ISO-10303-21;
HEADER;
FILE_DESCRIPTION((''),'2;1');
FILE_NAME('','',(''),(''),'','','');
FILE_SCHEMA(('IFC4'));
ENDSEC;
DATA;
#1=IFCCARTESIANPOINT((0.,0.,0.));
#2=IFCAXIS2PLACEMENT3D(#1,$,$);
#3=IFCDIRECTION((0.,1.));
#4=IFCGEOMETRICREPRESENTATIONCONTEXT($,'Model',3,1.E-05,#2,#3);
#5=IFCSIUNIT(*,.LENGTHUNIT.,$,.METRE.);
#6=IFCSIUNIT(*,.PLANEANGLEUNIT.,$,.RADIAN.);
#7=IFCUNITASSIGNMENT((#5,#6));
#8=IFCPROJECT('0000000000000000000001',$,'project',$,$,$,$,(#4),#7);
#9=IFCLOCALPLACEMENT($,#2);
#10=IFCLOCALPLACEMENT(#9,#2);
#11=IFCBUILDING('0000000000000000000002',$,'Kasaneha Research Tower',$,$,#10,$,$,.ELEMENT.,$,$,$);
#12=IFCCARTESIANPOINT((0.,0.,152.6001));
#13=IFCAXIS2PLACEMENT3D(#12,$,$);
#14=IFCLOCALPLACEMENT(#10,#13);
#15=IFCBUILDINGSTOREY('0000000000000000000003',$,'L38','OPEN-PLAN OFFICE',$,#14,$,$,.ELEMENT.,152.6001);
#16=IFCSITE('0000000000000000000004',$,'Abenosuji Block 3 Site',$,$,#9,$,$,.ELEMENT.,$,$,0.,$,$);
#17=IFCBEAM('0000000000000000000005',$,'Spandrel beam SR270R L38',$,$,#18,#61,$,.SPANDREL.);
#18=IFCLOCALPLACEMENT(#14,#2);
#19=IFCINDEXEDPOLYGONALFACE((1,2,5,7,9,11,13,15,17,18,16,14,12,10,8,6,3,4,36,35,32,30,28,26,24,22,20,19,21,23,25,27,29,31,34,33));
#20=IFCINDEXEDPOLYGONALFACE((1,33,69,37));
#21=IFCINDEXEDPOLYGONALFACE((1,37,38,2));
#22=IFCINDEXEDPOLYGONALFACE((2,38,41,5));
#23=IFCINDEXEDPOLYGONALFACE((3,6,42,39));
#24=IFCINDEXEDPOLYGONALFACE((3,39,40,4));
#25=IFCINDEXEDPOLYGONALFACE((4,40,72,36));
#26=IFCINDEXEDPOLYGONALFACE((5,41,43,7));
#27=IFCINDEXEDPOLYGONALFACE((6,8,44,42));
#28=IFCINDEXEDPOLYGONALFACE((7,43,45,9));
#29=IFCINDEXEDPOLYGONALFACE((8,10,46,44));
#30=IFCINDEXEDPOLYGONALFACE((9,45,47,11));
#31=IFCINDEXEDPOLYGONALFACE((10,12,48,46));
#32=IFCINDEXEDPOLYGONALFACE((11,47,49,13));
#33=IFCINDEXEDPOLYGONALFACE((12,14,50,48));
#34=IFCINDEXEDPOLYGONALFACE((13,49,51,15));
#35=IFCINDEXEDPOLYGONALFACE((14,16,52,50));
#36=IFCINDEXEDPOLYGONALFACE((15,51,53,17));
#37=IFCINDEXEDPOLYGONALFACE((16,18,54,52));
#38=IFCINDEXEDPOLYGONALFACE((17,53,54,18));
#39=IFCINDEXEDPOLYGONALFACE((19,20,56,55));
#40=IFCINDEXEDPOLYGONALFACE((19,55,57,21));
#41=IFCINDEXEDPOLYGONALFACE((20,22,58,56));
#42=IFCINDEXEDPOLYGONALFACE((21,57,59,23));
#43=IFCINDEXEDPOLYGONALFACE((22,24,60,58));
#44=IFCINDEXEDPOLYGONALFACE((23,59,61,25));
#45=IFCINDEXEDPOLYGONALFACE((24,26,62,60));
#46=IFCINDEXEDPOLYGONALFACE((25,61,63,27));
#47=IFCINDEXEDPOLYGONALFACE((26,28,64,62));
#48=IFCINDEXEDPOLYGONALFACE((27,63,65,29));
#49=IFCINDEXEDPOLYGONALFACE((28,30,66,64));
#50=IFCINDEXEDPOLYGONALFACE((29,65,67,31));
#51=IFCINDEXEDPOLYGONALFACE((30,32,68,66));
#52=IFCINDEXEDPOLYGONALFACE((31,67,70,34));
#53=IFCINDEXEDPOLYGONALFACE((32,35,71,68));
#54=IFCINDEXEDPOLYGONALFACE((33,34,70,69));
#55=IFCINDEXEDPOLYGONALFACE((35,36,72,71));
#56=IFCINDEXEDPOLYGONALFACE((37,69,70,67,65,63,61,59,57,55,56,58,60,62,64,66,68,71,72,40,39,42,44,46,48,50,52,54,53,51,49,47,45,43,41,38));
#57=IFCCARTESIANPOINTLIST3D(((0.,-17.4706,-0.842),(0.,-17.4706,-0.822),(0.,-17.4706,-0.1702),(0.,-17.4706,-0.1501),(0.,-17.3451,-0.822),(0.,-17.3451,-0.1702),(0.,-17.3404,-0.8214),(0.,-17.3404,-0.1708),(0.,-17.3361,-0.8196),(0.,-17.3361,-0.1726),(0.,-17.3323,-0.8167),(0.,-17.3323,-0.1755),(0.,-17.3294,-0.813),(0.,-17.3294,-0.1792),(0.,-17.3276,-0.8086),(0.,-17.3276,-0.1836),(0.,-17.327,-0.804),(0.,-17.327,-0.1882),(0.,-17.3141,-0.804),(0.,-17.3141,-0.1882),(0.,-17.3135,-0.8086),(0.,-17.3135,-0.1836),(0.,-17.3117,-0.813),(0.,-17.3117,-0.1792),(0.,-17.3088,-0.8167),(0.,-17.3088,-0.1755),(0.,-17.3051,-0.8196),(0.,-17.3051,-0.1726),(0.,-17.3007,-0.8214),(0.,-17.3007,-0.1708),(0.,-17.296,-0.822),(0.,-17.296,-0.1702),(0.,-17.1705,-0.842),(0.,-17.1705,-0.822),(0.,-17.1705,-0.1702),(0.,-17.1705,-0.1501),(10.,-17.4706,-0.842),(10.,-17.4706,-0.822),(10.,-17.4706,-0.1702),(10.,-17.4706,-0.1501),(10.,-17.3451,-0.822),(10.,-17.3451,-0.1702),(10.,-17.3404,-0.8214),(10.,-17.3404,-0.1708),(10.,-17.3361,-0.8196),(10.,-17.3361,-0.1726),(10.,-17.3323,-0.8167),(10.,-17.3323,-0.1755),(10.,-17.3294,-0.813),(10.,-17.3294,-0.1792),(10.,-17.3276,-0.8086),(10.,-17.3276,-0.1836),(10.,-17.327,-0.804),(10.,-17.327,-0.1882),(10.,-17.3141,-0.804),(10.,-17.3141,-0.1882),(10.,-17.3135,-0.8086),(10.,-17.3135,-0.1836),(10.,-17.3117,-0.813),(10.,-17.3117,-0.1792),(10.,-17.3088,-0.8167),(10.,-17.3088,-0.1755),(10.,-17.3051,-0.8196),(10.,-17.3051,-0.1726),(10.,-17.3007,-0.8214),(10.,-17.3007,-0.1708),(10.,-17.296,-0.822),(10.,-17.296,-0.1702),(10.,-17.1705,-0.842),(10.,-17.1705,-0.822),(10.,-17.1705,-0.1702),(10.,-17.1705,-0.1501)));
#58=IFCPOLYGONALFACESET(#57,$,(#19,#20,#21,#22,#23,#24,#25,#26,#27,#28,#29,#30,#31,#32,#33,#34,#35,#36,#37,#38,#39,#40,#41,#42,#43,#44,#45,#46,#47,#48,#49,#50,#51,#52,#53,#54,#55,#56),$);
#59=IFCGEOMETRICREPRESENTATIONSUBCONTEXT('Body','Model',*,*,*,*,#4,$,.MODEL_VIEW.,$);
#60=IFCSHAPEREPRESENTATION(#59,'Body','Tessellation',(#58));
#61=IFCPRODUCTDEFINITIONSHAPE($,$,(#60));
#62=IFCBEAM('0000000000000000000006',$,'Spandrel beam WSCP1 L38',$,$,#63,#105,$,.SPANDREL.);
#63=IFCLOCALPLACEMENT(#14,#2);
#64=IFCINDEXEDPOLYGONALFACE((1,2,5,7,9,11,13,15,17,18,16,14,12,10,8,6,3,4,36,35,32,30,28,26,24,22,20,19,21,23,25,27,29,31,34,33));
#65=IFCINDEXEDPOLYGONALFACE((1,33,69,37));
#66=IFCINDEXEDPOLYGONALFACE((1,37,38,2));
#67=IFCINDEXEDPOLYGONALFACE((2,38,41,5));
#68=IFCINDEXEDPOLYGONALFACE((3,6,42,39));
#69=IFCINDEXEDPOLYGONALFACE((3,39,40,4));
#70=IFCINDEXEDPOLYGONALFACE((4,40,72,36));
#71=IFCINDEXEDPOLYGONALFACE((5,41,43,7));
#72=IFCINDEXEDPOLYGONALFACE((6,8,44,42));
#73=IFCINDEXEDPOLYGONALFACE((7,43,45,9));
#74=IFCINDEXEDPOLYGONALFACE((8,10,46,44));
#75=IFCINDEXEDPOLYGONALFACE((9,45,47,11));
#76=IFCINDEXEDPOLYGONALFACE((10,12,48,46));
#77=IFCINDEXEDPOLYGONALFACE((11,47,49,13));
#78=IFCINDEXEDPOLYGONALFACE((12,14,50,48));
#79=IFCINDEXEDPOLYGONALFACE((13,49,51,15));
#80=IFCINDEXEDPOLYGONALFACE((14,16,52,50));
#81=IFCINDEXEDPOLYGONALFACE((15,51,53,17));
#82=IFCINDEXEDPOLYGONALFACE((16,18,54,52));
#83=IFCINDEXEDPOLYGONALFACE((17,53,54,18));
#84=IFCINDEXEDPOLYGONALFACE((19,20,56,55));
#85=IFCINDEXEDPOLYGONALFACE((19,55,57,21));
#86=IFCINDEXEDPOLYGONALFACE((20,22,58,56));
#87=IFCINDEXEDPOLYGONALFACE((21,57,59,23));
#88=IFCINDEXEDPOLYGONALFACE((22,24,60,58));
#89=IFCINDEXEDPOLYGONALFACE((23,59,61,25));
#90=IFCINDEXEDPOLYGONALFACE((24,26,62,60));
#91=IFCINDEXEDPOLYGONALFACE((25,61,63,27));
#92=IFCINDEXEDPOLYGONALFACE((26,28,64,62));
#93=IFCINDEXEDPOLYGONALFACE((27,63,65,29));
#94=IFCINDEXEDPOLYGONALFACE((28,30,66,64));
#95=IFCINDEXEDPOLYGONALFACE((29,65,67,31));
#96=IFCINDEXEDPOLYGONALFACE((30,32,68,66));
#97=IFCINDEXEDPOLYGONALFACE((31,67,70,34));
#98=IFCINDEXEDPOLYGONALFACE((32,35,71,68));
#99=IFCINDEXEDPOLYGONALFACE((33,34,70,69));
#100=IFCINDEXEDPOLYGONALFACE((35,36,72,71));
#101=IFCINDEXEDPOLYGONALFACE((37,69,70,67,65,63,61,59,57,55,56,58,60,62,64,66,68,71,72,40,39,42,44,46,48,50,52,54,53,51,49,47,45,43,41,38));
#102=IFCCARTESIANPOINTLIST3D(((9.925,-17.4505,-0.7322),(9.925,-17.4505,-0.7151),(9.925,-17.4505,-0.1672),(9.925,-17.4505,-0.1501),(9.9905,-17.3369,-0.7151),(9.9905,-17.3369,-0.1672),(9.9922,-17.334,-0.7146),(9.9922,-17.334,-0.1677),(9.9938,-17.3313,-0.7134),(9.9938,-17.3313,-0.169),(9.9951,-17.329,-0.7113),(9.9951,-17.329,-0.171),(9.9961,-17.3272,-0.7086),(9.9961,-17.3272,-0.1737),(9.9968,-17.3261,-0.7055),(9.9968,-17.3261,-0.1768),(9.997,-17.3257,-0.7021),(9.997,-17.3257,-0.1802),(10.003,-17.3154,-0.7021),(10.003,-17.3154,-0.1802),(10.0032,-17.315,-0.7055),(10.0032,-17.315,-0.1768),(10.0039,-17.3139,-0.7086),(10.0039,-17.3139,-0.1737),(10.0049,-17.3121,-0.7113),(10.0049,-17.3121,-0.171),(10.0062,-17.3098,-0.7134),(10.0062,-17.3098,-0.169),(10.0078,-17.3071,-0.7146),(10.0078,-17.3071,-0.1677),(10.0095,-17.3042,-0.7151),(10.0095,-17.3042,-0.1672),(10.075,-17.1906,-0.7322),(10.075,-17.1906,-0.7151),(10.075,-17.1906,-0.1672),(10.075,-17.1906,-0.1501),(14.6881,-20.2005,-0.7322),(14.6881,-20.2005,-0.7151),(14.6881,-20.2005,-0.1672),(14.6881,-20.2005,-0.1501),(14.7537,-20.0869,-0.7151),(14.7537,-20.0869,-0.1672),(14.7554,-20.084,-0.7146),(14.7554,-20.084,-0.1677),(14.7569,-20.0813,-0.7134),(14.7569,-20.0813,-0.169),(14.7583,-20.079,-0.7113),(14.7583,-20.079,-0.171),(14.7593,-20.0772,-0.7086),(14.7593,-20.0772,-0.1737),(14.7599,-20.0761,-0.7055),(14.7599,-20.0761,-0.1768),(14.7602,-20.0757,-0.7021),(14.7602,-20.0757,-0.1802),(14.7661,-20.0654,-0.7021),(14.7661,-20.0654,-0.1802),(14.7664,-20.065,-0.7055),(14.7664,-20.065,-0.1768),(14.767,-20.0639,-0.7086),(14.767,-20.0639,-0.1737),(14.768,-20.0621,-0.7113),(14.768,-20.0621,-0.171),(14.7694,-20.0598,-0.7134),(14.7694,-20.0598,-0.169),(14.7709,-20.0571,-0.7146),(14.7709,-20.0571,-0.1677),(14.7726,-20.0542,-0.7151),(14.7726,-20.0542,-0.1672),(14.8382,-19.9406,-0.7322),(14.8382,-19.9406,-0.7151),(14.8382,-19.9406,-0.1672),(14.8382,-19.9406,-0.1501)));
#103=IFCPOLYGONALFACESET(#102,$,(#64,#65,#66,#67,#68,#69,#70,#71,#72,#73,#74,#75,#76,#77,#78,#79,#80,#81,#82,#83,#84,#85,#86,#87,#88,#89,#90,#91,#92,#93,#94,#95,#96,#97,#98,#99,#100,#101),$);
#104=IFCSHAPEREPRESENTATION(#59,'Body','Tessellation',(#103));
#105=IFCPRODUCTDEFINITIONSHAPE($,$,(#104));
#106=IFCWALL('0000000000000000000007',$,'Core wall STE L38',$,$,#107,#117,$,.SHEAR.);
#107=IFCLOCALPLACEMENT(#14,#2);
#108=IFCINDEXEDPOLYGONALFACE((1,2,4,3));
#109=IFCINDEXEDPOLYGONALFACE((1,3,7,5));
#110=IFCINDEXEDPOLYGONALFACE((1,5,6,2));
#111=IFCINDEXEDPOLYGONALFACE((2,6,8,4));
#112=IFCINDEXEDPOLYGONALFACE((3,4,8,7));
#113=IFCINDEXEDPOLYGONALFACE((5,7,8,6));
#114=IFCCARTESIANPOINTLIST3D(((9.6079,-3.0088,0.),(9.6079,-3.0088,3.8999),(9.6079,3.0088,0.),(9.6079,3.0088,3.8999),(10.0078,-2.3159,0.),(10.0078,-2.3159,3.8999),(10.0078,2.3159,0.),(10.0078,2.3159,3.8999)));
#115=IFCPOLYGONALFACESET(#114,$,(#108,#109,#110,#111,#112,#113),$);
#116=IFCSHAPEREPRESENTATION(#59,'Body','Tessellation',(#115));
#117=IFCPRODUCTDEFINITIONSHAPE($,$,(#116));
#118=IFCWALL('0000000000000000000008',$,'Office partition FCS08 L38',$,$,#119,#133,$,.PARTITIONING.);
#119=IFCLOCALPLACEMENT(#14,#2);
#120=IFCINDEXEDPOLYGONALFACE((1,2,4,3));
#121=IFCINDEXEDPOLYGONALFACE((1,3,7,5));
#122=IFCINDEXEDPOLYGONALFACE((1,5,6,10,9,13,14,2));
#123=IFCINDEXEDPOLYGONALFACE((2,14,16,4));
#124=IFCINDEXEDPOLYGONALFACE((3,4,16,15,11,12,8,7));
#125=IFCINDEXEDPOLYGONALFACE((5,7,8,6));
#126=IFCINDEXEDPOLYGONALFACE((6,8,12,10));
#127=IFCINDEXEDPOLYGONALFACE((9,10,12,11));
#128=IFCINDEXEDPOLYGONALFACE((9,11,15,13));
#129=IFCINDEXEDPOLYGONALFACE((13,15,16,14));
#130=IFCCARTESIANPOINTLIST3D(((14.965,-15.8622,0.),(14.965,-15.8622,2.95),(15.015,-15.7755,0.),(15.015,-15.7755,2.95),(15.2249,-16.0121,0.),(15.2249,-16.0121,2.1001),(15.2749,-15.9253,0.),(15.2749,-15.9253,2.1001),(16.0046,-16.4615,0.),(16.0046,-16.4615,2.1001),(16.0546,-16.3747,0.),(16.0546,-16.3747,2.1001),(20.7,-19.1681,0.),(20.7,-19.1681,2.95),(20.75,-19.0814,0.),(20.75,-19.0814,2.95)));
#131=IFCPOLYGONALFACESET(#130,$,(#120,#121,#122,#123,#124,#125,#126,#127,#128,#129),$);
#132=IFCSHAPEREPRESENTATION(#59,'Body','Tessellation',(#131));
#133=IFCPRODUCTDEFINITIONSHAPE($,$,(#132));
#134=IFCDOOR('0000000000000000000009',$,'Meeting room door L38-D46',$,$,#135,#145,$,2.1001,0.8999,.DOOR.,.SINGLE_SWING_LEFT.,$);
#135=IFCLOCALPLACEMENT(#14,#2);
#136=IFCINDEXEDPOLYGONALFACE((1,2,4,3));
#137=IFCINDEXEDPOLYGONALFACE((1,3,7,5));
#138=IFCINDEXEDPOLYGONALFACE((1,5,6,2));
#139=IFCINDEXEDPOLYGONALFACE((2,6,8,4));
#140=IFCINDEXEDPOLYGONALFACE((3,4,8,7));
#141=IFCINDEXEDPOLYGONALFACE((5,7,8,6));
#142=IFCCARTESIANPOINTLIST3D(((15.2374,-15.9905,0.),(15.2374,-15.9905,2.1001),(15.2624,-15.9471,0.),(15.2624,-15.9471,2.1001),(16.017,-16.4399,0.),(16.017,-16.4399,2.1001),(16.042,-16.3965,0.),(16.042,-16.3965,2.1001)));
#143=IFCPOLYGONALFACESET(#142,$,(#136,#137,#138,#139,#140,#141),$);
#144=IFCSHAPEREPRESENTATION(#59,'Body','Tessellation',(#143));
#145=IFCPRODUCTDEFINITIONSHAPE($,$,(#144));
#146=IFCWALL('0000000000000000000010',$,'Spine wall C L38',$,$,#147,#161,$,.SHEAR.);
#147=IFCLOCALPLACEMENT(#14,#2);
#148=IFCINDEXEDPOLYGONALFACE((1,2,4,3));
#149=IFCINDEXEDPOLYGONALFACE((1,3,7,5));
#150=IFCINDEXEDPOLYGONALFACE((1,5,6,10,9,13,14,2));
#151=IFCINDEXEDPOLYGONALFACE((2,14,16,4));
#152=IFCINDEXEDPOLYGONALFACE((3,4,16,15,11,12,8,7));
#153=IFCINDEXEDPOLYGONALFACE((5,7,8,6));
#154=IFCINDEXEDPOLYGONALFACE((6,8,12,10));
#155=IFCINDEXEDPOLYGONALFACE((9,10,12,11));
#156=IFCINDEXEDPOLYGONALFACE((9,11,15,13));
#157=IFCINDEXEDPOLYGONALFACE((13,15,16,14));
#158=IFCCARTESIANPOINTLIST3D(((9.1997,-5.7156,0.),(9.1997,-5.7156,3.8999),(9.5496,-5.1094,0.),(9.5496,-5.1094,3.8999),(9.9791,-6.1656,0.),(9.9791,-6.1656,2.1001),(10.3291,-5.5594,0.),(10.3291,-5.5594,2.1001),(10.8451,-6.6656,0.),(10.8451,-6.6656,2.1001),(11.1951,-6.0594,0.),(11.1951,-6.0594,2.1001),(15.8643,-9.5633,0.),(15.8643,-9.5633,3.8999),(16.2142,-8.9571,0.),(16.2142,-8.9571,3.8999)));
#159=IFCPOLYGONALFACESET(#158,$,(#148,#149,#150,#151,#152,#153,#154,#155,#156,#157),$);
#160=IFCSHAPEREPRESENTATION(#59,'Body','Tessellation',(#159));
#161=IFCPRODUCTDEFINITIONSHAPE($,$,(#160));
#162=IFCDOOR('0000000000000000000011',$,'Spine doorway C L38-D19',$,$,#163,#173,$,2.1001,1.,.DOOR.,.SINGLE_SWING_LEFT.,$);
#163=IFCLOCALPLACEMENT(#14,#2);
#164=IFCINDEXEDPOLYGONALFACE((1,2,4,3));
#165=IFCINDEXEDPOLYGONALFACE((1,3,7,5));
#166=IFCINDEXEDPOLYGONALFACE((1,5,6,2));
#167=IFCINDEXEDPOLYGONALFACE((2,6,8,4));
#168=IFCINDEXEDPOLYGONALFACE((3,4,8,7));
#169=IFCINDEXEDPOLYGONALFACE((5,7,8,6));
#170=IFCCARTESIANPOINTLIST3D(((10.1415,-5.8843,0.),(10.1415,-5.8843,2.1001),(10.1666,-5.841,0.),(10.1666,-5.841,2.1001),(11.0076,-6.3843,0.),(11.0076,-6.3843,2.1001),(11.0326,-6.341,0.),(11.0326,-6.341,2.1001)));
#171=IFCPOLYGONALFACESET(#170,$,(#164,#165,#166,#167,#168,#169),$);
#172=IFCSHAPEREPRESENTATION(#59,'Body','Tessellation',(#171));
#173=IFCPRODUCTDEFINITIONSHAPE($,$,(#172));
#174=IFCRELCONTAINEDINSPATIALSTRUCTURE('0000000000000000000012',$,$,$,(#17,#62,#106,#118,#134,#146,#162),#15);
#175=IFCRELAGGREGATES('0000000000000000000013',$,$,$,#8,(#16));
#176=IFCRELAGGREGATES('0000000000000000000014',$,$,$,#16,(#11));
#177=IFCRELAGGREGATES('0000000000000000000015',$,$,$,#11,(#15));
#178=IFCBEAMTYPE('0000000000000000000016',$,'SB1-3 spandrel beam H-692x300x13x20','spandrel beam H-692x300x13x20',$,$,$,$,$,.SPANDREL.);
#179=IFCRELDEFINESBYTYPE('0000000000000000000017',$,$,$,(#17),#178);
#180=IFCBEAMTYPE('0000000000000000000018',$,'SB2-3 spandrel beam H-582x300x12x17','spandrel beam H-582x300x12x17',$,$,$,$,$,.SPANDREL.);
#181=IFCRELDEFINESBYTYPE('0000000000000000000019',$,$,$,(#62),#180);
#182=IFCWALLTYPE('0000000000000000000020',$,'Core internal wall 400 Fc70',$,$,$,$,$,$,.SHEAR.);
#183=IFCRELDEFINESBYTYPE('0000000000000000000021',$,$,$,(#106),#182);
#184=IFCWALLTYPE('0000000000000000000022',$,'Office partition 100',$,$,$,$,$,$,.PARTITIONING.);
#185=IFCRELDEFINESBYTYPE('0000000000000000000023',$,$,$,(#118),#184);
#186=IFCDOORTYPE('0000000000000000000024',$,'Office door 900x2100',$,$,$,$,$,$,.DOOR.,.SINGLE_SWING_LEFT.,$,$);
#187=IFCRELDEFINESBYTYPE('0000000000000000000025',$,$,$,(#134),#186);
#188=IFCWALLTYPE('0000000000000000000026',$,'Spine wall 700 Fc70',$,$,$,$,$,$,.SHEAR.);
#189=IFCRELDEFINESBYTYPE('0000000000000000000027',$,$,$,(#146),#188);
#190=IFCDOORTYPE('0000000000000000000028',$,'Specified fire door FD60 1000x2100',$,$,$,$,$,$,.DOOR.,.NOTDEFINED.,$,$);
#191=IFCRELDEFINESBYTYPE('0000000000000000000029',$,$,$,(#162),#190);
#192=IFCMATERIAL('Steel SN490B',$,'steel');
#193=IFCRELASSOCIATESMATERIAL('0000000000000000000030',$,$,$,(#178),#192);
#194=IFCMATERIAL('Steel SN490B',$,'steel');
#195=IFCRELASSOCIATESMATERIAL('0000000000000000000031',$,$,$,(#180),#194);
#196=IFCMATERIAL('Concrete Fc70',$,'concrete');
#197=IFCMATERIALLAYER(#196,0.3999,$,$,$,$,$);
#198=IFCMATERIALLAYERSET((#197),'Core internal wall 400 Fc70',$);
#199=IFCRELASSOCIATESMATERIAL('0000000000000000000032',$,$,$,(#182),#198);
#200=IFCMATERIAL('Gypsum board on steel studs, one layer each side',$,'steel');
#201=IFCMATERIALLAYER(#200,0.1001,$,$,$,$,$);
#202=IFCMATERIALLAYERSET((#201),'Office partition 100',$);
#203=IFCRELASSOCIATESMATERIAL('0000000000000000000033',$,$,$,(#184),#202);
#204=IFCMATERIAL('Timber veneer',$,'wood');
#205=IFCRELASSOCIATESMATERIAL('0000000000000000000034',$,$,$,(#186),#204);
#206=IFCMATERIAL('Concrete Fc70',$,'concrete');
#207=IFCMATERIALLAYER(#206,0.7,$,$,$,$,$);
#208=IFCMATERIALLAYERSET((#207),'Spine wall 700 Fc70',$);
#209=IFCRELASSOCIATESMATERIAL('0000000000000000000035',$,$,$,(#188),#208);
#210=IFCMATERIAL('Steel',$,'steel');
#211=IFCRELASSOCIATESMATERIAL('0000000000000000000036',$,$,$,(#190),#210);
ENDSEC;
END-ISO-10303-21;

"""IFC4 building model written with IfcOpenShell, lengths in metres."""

from ifc_helpers import new_model, si_unit, direction, frame, frame_2d, origin, origin_2d, place, context, subcontext, project, spatial, polyline, rectangle, i_section, outline, extrude, material, layer, layer_set, material_profile, profile_set, type_object, element, fill, save


model = new_model("IFC4")

# Units and contexts
model_context = context("Model", 3, precision=1e-05, world=origin(), true_north=direction((0.0, 1.0)))
body_context = subcontext(model_context, "Body", "Model", "MODEL_VIEW")
ifc_project = project(units=[si_unit("LENGTHUNIT", "METRE"), si_unit("PLANEANGLEUNIT", "RADIAN")], contexts=[model_context])

# Site, building, storey
site_placement = place(None, origin())
site = spatial("IfcSite", under=ifc_project, at=site_placement, Name="Abenosuji Block 3 Site", CompositionType="ELEMENT", RefElevation=0.0)
building_placement = place(site_placement, origin())
building = spatial("IfcBuilding", under=site, at=building_placement, Name="Kasaneha Research Tower", CompositionType="ELEMENT")
storey_placement = place(building_placement, frame((0.0, 0.0, 152.6001)))
storey = spatial("IfcBuildingStorey", under=building, at=storey_placement, Name="L38", Description="OPEN-PLAN OFFICE", CompositionType="ELEMENT", Elevation=152.6001)

# Beams
ifc_material_1 = material(Name="Steel SN490B", Category="steel")
ifc_material_profile_1 = material_profile(ifc_material_1, i_section(OverallWidth=0.3, OverallDepth=0.6919, WebThickness=0.0129, FlangeThickness=0.02, FilletRadius=0.0181, at=origin_2d()), Name="H-692x300x13x20")
ifc_profile_set_1 = profile_set([ifc_material_profile_1], Name="Steel SN490B")
beam_type_1 = type_object("IfcBeamType", Name="SB1-3 spandrel beam H-692x300x13x20", Description="spandrel beam H-692x300x13x20", PredefinedType="SPANDREL", material=ifc_profile_set_1)
beam_1_placement = place(storey_placement, frame((10.0, -17.3206, -0.4961), z_axis=(-1.0, 0.0, 0.0), x_axis=(0.0, -1.0, 0.0)))
element("IfcBeam", 1, at=beam_1_placement, inside=storey, type_object=beam_type_1, Name="Spandrel beam SR270R L38", PredefinedType="SPANDREL", context=body_context, shape_type="SweptSolid", body=[
    extrude(i_section(OverallWidth=0.3, OverallDepth=0.6919, WebThickness=0.0129, FlangeThickness=0.02, FilletRadius=0.0181, at=origin_2d()), origin(), (0.0, 0.0, 1.0), 10.0),
])
ifc_material_2 = material(Name="Steel SN490B", Category="steel")
ifc_material_profile_2 = material_profile(ifc_material_2, i_section(OverallWidth=0.3, OverallDepth=0.582, WebThickness=0.012, FlangeThickness=0.0171, FilletRadius=0.0129, at=origin_2d()), Name="H-582x300x12x17")
ifc_profile_set_2 = profile_set([ifc_material_profile_2], Name="Steel SN490B")
beam_type_2 = type_object("IfcBeamType", Name="SB2-3 spandrel beam H-582x300x12x17", Description="spandrel beam H-582x300x12x17", PredefinedType="SPANDREL", material=ifc_profile_set_2)
beam_2_placement = place(storey_placement, frame((10.0, -17.3206, -0.4412), z_axis=(0.866027, -0.499997, 0.0), x_axis=(0.499997, 0.866027, 0.0)))
element("IfcBeam", 2, at=beam_2_placement, inside=storey, type_object=beam_type_2, Name="Spandrel beam WSCP1 L38", PredefinedType="SPANDREL", context=body_context, shape_type="SweptSolid", body=[
    extrude(i_section(OverallWidth=0.3, OverallDepth=0.582, WebThickness=0.012, FlangeThickness=0.0171, FilletRadius=0.0129, at=origin_2d()), origin(), (0.0, 0.0, 1.0), 5.5),
])

# Wall
ifc_material_3 = material(Name="Concrete Fc70", Category="concrete")
ifc_layer_1 = layer(ifc_material_3, 0.3999)
ifc_layer_set_1 = layer_set([ifc_layer_1], Name="Core internal wall 400 Fc70")
wall_type_1 = type_object("IfcWallType", Name="Core internal wall 400 Fc70", PredefinedType="SHEAR", material=ifc_layer_set_1)
wall_1_placement = place(storey_placement, frame((9.8079, -2.6624, 0.0), z_axis=(0.0, 0.0, 1.0), x_axis=(0.0, 1.0, 0.0)))
element("IfcWall", 3, at=wall_1_placement, inside=storey, type_object=wall_type_1, Name="Core wall STE L38", PredefinedType="SHEAR", context=body_context, shape_type="SweptSolid", body=[
    extrude(outline(polyline([(0.3464, -0.2), (4.9783, -0.2), (5.6711, 0.2), (-0.3464, 0.2), (0.3464, -0.2)])), origin(), (0.0, 0.0, 1.0), 3.8999),
])

# Walls, openings, doors
ifc_material_4 = material(Name="Gypsum board on steel studs, one layer each side", Category="steel")
ifc_layer_2 = layer(ifc_material_4, 0.1001)
ifc_layer_set_2 = layer_set([ifc_layer_2], Name="Office partition 100")
wall_type_2 = type_object("IfcWallType", Name="Office partition 100", PredefinedType="PARTITIONING", material=ifc_layer_set_2)
wall_2_placement = place(storey_placement, frame((14.99, -15.8188, 0.0), z_axis=(0.0, 0.0, 1.0), x_axis=(0.866369, -0.499404, 0.0)))
wall_2 = element("IfcWall", 4, at=wall_2_placement, inside=storey, type_object=wall_type_2, Name="Office partition FCS08 L38", PredefinedType="PARTITIONING", context=body_context, shape_type="SweptSolid", body=[
    extrude(rectangle(XDim=6.6196, YDim=0.1001, at=frame_2d((3.3098, 0.0))), origin(), (0.0, 0.0, 1.0), 2.95),
])
opening_1_placement = place(wall_2_placement, frame((0.3, 0.0, 0.0)))
opening_1 = element("IfcOpeningElement", 5, at=opening_1_placement, cuts=wall_2, PredefinedType="OPENING", context=body_context, shape_type="SweptSolid", body=[
    extrude(rectangle(XDim=0.8999, YDim=2.1001, at=frame_2d((0.45, 1.05))), frame((0.0, 0.0601, 0.0), z_axis=(0.0, -1.0, 0.0), x_axis=(1.0, 0.0, 0.0)), (0.0, 0.0, 1.0), 0.1201),
])
ifc_material_5 = material(Name="Timber veneer", Category="wood")
door_type_1 = type_object("IfcDoorType", Name="Office door 900x2100", OperationType="SINGLE_SWING_LEFT", PredefinedType="DOOR", material=ifc_material_5)
door_1_placement = place(opening_1_placement, origin())
door_1 = element("IfcDoor", 6, at=door_1_placement, inside=storey, type_object=door_type_1, Name="Meeting room door L38-D46", OperationType="SINGLE_SWING_LEFT", OverallHeight=2.1001, OverallWidth=0.8999, PredefinedType="DOOR", context=body_context, shape_type="SweptSolid", body=[
    extrude(rectangle(XDim=0.8999, YDim=2.1001, at=frame_2d((0.45, 1.05))), frame((0.0, 0.0249, 0.0), z_axis=(0.0, -1.0, 0.0), x_axis=(1.0, 0.0, 0.0)), (0.0, 0.0, 1.0), 0.05),
])
fill(opening_1, door_1)
ifc_material_6 = material(Name="Concrete Fc70", Category="concrete")
ifc_layer_3 = layer(ifc_material_6, 0.7)
ifc_layer_set_3 = layer_set([ifc_layer_3], Name="Spine wall 700 Fc70")
wall_type_3 = type_object("IfcWallType", Name="Spine wall 700 Fc70", PredefinedType="SHEAR", material=ifc_layer_set_3)
wall_3_placement = place(storey_placement, frame((9.3748, -5.4126, 0.0), z_axis=(0.0, 0.0, 1.0), x_axis=(0.866032, -0.499988, 0.0)))
wall_3 = element("IfcWall", 7, at=wall_3_placement, inside=storey, type_object=wall_type_3, Name="Spine wall C L38", PredefinedType="SHEAR", context=body_context, shape_type="SweptSolid", body=[
    extrude(rectangle(XDim=7.6956, YDim=0.7, at=frame_2d((3.8477, 0.0))), origin(), (0.0, 0.0, 1.0), 3.8999),
])
opening_2_placement = place(wall_3_placement, frame((0.8999, 0.0, 0.0)))
opening_2 = element("IfcOpeningElement", 8, at=opening_2_placement, cuts=wall_3, PredefinedType="OPENING", context=body_context, shape_type="SweptSolid", body=[
    extrude(rectangle(XDim=1.0, YDim=2.1001, at=frame_2d((0.5, 1.05))), frame((0.0, 0.3599, 0.0), z_axis=(0.0, -1.0, 0.0), x_axis=(1.0, 0.0, 0.0)), (0.0, 0.0, 1.0), 0.72),
])
ifc_material_7 = material(Name="Steel", Category="steel")
door_type_2 = type_object("IfcDoorType", Name="Specified fire door FD60 1000x2100", OperationType="NOTDEFINED", PredefinedType="DOOR", material=ifc_material_7)
door_2_placement = place(opening_2_placement, origin())
door_2 = element("IfcDoor", 9, at=door_2_placement, inside=storey, type_object=door_type_2, Name="Spine doorway C L38-D19", OperationType="SINGLE_SWING_LEFT", OverallHeight=2.1001, OverallWidth=1.0, PredefinedType="DOOR", context=body_context, shape_type="SweptSolid", body=[
    extrude(rectangle(XDim=1.0, YDim=2.1001, at=frame_2d((0.5, 1.05))), frame((0.0, 0.0249, 0.0), z_axis=(0.0, -1.0, 0.0), x_axis=(1.0, 0.0, 0.0)), (0.0, 0.0, 1.0), 0.05),
])
fill(opening_2, door_2)

save(model, "model.ifc")
